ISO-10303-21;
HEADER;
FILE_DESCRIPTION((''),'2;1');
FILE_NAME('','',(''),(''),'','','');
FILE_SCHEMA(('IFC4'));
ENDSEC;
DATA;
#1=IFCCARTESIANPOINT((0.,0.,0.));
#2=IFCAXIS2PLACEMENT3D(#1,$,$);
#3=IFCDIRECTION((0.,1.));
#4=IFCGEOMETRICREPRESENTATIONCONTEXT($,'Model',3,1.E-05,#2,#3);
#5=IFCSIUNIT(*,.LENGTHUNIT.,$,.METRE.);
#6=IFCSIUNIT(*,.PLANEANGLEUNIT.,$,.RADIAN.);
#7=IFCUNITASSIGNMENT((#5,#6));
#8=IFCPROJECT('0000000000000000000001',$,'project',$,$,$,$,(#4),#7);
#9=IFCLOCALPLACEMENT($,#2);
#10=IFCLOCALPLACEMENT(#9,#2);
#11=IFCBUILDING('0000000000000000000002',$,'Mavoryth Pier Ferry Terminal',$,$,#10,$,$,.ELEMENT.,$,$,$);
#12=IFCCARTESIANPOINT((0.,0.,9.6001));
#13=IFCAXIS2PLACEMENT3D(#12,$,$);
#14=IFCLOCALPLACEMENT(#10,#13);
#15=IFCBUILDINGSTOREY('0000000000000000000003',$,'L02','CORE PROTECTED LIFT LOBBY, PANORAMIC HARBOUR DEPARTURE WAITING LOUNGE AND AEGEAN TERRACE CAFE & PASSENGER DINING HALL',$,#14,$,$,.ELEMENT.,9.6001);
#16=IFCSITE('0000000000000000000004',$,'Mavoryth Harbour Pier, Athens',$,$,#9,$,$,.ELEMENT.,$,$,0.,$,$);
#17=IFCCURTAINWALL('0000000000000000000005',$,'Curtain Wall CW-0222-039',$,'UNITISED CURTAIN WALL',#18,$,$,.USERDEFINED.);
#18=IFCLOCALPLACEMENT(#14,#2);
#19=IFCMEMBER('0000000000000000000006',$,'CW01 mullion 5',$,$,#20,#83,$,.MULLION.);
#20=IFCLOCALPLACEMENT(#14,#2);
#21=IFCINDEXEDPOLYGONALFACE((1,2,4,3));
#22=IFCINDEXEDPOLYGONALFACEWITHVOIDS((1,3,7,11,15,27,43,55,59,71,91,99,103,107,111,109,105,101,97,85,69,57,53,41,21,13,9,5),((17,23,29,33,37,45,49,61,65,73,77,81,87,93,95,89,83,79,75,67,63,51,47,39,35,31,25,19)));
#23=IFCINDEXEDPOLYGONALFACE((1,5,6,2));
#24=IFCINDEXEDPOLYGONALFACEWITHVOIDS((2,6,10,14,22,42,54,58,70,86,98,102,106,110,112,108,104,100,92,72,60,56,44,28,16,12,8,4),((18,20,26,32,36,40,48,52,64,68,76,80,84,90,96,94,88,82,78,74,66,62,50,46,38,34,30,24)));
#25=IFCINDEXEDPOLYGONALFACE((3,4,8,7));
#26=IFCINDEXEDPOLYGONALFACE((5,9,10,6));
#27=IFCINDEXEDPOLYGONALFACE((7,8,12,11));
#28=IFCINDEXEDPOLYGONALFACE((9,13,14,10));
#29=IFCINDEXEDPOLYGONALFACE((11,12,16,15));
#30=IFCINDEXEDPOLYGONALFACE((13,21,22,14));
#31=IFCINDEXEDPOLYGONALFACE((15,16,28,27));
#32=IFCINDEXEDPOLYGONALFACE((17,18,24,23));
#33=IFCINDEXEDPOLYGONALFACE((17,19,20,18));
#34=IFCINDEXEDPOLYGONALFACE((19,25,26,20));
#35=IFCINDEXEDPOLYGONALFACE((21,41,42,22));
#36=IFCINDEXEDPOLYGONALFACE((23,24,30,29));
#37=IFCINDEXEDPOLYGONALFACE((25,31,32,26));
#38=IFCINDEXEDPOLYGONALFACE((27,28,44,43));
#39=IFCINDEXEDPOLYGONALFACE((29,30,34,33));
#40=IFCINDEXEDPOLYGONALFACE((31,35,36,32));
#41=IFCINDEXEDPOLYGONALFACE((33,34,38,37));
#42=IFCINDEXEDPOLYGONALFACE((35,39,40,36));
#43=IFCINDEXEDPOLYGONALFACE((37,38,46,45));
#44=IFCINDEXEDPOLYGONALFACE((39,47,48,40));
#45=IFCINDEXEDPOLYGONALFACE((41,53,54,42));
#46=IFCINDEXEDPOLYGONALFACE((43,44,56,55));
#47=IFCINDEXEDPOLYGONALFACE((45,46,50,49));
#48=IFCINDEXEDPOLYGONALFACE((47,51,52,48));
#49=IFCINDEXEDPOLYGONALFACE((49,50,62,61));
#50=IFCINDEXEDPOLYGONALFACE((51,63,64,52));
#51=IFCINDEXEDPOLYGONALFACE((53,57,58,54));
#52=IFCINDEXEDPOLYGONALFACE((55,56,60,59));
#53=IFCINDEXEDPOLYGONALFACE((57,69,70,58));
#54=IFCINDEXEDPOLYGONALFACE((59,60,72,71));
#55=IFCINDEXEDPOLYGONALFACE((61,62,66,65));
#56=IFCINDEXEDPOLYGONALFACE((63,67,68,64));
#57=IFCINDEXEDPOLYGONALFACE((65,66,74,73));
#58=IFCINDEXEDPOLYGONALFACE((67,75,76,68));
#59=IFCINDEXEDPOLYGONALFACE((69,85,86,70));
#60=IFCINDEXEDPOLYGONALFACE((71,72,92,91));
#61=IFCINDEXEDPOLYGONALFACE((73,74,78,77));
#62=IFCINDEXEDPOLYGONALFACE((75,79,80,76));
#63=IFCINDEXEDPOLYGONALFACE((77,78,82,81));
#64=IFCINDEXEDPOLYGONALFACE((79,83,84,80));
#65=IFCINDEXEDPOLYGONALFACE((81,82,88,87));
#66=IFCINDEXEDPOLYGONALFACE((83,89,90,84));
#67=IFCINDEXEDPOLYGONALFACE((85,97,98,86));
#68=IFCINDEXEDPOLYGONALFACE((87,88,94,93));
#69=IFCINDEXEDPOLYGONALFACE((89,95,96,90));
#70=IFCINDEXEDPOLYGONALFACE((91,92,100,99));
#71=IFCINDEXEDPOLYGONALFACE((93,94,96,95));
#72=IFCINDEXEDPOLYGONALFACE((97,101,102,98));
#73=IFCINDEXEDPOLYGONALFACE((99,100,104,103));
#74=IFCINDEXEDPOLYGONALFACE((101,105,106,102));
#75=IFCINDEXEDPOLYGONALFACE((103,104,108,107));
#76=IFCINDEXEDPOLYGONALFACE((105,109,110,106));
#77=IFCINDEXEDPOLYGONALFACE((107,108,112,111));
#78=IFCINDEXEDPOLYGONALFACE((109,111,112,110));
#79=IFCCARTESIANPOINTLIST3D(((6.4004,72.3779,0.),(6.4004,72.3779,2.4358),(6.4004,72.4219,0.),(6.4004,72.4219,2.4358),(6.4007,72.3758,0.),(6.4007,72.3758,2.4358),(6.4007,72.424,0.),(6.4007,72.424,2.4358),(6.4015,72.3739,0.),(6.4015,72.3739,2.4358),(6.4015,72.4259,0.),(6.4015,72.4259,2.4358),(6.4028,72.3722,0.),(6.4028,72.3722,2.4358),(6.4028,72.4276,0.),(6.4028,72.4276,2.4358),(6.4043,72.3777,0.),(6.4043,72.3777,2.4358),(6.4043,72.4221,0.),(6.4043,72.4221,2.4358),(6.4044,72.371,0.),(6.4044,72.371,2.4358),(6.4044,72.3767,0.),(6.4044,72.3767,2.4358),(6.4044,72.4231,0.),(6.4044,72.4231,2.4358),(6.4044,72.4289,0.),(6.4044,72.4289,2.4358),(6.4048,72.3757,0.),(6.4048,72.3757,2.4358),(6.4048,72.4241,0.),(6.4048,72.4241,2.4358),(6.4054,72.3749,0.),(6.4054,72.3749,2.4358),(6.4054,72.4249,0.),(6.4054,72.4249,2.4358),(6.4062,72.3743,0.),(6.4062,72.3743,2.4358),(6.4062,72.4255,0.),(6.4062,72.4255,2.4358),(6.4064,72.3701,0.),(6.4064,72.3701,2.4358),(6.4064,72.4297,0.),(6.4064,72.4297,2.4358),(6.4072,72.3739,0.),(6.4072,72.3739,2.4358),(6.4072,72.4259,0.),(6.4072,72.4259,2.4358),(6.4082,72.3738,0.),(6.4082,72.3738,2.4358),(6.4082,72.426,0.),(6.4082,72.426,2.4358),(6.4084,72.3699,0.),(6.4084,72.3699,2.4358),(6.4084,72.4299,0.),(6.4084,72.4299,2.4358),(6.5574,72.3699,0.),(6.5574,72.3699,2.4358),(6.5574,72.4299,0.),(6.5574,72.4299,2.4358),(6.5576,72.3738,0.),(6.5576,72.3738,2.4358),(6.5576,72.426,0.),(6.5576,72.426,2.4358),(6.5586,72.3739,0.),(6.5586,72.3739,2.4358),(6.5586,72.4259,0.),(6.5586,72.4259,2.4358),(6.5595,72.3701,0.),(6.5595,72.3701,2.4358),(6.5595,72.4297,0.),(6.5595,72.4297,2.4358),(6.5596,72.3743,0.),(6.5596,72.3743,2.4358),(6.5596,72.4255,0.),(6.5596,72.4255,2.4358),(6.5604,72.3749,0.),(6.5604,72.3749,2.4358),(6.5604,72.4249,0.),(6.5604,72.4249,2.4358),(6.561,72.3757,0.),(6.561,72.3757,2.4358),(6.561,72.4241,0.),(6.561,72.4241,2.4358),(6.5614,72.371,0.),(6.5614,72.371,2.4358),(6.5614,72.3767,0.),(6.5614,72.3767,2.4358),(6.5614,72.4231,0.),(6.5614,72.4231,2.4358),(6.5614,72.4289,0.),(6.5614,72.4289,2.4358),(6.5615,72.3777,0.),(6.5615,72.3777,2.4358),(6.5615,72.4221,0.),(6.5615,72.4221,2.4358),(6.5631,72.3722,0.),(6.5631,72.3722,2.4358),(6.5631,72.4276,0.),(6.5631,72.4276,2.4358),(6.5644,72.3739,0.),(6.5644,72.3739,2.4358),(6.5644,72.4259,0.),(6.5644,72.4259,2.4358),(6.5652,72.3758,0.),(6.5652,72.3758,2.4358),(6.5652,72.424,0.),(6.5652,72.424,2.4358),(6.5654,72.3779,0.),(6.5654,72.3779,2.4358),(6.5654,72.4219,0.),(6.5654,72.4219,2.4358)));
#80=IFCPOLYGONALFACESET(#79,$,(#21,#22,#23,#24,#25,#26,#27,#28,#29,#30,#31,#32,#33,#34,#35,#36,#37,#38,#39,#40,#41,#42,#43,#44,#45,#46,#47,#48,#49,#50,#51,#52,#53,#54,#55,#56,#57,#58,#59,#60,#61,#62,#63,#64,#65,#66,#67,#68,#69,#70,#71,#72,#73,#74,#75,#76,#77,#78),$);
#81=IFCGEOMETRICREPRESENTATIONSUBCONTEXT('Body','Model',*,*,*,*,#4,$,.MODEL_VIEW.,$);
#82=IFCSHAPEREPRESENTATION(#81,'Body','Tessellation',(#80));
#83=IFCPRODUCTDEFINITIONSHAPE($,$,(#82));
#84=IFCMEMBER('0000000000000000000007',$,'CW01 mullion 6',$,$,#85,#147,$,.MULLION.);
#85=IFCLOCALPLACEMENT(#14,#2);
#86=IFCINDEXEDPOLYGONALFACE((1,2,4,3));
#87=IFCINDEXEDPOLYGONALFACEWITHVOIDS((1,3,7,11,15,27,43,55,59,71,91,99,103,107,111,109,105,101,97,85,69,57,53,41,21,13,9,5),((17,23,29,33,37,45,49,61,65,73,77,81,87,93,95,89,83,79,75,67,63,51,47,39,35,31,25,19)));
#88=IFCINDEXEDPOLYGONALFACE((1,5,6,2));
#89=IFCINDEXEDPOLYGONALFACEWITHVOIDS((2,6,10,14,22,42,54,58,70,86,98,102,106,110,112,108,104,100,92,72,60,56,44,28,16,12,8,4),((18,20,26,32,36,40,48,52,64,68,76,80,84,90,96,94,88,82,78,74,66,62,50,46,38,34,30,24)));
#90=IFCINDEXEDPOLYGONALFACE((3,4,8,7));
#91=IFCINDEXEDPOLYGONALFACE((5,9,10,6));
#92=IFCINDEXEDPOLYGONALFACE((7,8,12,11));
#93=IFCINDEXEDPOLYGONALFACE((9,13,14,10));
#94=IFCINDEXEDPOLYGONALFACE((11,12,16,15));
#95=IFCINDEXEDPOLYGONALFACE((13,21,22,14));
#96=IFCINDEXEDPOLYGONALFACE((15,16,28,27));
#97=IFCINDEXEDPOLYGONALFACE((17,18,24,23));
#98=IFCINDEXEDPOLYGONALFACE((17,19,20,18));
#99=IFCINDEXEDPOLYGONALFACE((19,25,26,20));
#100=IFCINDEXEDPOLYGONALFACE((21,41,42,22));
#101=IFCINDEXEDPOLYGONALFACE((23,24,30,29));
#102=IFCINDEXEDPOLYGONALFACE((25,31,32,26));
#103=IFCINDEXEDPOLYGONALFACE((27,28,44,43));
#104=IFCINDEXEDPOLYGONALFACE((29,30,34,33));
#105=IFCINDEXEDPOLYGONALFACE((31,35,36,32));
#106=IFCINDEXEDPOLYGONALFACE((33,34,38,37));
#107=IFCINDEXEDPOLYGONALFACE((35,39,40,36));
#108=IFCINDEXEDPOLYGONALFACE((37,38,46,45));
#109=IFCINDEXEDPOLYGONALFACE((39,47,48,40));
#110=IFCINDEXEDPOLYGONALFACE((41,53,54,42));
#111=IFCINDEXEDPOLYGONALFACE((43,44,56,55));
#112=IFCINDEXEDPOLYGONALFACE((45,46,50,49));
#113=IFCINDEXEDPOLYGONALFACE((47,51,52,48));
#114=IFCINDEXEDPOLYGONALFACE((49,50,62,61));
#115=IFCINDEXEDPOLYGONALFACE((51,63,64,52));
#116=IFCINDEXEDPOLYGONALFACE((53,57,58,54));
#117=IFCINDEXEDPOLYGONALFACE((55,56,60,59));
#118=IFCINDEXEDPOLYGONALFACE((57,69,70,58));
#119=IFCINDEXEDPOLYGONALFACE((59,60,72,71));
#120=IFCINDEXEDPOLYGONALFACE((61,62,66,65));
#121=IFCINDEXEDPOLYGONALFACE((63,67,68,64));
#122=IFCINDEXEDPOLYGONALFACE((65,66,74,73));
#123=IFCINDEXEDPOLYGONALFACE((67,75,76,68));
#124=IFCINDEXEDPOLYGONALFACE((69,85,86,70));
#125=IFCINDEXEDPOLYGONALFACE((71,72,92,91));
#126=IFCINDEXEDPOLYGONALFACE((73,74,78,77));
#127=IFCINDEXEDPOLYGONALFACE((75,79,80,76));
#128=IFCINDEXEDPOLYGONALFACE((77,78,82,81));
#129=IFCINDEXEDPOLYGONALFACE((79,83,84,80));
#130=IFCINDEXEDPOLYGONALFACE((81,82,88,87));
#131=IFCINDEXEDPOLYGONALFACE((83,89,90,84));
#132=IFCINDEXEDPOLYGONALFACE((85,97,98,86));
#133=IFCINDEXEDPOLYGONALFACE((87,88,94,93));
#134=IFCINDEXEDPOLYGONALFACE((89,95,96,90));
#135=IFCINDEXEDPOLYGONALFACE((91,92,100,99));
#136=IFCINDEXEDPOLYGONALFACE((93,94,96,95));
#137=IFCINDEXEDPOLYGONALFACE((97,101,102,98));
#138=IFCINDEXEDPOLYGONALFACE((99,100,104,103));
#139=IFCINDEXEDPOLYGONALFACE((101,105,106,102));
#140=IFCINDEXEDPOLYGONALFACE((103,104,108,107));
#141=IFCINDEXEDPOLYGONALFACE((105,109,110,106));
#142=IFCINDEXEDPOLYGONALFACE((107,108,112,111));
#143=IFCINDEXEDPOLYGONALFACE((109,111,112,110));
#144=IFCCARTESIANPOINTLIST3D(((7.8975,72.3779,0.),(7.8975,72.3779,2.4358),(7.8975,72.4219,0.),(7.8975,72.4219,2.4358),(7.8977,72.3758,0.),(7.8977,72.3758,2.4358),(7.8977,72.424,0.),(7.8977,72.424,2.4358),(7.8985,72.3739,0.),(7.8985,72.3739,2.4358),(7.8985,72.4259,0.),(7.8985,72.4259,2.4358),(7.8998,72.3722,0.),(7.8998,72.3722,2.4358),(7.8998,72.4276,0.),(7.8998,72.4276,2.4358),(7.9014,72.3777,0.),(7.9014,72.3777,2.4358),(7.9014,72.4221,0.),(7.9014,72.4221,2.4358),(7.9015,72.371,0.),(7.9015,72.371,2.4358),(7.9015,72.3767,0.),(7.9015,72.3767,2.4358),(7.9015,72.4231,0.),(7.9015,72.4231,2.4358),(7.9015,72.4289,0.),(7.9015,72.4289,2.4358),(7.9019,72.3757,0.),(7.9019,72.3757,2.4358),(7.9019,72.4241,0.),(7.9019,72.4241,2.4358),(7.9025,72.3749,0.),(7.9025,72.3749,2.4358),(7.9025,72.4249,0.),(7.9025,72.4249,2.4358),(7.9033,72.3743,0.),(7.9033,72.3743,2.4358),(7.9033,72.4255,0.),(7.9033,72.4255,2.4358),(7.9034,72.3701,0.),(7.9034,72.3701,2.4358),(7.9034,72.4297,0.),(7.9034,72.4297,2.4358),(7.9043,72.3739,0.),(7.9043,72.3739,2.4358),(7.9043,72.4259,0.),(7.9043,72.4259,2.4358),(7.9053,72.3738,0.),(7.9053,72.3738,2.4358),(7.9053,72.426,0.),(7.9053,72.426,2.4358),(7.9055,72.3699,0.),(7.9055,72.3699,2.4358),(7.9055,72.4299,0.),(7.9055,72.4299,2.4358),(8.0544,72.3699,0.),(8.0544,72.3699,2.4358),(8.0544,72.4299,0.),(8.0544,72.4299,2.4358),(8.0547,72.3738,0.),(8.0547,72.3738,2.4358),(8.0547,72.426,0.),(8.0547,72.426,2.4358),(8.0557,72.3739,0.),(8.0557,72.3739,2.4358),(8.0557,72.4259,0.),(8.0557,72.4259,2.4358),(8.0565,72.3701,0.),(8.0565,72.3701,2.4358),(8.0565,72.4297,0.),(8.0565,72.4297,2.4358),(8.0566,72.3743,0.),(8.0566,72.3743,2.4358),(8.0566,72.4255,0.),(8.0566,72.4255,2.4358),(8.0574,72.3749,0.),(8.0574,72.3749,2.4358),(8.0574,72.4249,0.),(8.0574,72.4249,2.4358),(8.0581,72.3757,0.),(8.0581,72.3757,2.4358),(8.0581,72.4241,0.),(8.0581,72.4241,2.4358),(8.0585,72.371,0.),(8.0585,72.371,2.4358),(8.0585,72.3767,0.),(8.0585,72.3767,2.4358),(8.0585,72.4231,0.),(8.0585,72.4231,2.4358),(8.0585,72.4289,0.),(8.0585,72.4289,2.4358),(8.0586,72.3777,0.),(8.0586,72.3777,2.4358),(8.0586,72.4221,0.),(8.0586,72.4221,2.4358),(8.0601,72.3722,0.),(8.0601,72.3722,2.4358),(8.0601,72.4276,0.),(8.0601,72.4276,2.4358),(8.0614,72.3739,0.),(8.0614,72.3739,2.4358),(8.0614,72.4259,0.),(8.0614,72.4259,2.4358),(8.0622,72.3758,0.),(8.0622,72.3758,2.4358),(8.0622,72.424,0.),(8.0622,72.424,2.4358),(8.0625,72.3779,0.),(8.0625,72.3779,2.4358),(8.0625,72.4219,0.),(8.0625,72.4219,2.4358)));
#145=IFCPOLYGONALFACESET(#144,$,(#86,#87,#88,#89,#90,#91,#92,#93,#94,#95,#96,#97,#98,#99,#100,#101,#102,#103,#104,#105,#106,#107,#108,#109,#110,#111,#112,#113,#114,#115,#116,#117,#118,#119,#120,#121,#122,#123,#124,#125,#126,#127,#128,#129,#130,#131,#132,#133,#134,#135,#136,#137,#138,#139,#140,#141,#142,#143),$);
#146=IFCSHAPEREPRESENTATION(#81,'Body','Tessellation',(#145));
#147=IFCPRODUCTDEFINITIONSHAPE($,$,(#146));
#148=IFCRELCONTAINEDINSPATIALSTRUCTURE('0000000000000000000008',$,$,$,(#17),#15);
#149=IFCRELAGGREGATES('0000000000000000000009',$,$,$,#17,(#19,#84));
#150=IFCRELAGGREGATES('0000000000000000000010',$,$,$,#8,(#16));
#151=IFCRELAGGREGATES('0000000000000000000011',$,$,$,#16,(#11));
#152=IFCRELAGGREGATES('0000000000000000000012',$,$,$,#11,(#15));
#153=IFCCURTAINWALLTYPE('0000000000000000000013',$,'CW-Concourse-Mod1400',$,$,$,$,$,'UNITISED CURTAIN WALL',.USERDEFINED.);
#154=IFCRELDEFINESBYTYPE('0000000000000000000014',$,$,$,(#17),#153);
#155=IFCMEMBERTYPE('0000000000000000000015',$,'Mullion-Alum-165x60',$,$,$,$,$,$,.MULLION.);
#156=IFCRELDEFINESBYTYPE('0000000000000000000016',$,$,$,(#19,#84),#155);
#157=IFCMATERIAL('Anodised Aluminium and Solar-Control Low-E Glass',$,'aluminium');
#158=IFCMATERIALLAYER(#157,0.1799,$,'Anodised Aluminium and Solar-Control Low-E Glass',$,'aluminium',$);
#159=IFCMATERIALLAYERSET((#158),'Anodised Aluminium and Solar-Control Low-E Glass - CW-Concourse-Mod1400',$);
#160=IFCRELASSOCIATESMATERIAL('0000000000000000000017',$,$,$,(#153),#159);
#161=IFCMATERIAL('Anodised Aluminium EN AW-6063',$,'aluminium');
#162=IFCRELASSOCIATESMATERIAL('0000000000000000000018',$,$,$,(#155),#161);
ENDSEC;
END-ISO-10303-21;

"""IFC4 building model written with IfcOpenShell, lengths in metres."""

from ifc_helpers import new_model, si_unit, direction, frame, origin, origin_2d, place, context, subcontext, project, spatial, hollow_rectangle, extrude, material, layer, layer_set, material_profile, profile_set, type_object, element, aggregate, save


model = new_model("IFC4")

# Units and contexts
model_context = context("Model", 3, precision=1e-05, world=origin(), true_north=direction((0.0, 1.0)))
body_context = subcontext(model_context, "Body", "Model", "MODEL_VIEW")
ifc_project = project(units=[si_unit("LENGTHUNIT", "METRE"), si_unit("PLANEANGLEUNIT", "RADIAN")], contexts=[model_context])

# Site, building, storey
site_placement = place(None, origin())
site = spatial("IfcSite", under=ifc_project, at=site_placement, Name="Mavoryth Harbour Pier, Athens", CompositionType="ELEMENT", RefElevation=0.0)
building_placement = place(site_placement, origin())
building = spatial("IfcBuilding", under=site, at=building_placement, Name="Mavoryth Pier Ferry Terminal", CompositionType="ELEMENT")
storey_placement = place(building_placement, frame((0.0, 0.0, 9.6001)))
storey = spatial("IfcBuildingStorey", under=building, at=storey_placement, Name="L02", Description="CORE PROTECTED LIFT LOBBY, PANORAMIC HARBOUR DEPARTURE WAITING LOUNGE AND AEGEAN TERRACE CAFE & PASSENGER DINING HALL", CompositionType="ELEMENT", Elevation=9.6001)

# Curtain wall, members
ifc_material_1 = material(Name="Anodised Aluminium and Solar-Control Low-E Glass", Category="aluminium")
ifc_layer_1 = layer(ifc_material_1, 0.1799, Name="Anodised Aluminium and Solar-Control Low-E Glass", Category="aluminium")
ifc_layer_set_1 = layer_set([ifc_layer_1], Name="Anodised Aluminium and Solar-Control Low-E Glass - CW-Concourse-Mod1400")
curtain_wall_type = type_object("IfcCurtainWallType", Name="CW-Concourse-Mod1400", ElementType="UNITISED CURTAIN WALL", PredefinedType="USERDEFINED", material=ifc_layer_set_1)
curtain_wall_1_placement = place(storey_placement, origin())
curtain_wall_1 = element("IfcCurtainWall", 1, at=curtain_wall_1_placement, inside=storey, type_object=curtain_wall_type, Name="Curtain Wall CW-0222-039", ObjectType="UNITISED CURTAIN WALL", PredefinedType="USERDEFINED")
ifc_material_2 = material(Name="Anodised Aluminium EN AW-6063", Category="aluminium")
ifc_material_profile_1 = material_profile(ifc_material_2, hollow_rectangle(XDim=0.0601, YDim=0.165, WallThickness=0.0039, InnerFilletRadius=0.0039, OuterFilletRadius=0.0081, at=origin_2d()), Name="AL-MULL 165x60x4", Category="aluminium")
ifc_profile_set_1 = profile_set([ifc_material_profile_1], Name="Anodised Aluminium EN AW-6063 - AL-MULL 165x60x4")
member_type_1 = type_object("IfcMemberType", Name="Mullion-Alum-165x60", PredefinedType="MULLION", material=ifc_profile_set_1)
member_1_placement = place(storey_placement, frame((6.4829, 72.3999, 0.0), z_axis=(0.0, 0.0, 1.0), x_axis=(0.0, 1.0, 0.0)))
member_1 = element("IfcMember", 2, at=member_1_placement, type_object=member_type_1, Name="CW01 mullion 5", PredefinedType="MULLION", context=body_context, shape_type="SweptSolid", body=[
    extrude(hollow_rectangle(XDim=0.0601, YDim=0.165, WallThickness=0.0039, InnerFilletRadius=0.0039, OuterFilletRadius=0.0081, at=origin_2d()), origin(), (0.0, 0.0, 1.0), 2.4358),
])
member_2_placement = place(storey_placement, frame((7.98, 72.3999, 0.0), z_axis=(0.0, 0.0, 1.0), x_axis=(0.0, 1.0, 0.0)))
member_2 = element("IfcMember", 3, at=member_2_placement, type_object=member_type_1, Name="CW01 mullion 6", PredefinedType="MULLION", context=body_context, shape_type="SweptSolid", body=[
    extrude(hollow_rectangle(XDim=0.0601, YDim=0.165, WallThickness=0.0039, InnerFilletRadius=0.0039, OuterFilletRadius=0.0081, at=origin_2d()), origin(), (0.0, 0.0, 1.0), 2.4358),
])

aggregate(curtain_wall_1, [member_1, member_2])

save(model, "model.ifc")
